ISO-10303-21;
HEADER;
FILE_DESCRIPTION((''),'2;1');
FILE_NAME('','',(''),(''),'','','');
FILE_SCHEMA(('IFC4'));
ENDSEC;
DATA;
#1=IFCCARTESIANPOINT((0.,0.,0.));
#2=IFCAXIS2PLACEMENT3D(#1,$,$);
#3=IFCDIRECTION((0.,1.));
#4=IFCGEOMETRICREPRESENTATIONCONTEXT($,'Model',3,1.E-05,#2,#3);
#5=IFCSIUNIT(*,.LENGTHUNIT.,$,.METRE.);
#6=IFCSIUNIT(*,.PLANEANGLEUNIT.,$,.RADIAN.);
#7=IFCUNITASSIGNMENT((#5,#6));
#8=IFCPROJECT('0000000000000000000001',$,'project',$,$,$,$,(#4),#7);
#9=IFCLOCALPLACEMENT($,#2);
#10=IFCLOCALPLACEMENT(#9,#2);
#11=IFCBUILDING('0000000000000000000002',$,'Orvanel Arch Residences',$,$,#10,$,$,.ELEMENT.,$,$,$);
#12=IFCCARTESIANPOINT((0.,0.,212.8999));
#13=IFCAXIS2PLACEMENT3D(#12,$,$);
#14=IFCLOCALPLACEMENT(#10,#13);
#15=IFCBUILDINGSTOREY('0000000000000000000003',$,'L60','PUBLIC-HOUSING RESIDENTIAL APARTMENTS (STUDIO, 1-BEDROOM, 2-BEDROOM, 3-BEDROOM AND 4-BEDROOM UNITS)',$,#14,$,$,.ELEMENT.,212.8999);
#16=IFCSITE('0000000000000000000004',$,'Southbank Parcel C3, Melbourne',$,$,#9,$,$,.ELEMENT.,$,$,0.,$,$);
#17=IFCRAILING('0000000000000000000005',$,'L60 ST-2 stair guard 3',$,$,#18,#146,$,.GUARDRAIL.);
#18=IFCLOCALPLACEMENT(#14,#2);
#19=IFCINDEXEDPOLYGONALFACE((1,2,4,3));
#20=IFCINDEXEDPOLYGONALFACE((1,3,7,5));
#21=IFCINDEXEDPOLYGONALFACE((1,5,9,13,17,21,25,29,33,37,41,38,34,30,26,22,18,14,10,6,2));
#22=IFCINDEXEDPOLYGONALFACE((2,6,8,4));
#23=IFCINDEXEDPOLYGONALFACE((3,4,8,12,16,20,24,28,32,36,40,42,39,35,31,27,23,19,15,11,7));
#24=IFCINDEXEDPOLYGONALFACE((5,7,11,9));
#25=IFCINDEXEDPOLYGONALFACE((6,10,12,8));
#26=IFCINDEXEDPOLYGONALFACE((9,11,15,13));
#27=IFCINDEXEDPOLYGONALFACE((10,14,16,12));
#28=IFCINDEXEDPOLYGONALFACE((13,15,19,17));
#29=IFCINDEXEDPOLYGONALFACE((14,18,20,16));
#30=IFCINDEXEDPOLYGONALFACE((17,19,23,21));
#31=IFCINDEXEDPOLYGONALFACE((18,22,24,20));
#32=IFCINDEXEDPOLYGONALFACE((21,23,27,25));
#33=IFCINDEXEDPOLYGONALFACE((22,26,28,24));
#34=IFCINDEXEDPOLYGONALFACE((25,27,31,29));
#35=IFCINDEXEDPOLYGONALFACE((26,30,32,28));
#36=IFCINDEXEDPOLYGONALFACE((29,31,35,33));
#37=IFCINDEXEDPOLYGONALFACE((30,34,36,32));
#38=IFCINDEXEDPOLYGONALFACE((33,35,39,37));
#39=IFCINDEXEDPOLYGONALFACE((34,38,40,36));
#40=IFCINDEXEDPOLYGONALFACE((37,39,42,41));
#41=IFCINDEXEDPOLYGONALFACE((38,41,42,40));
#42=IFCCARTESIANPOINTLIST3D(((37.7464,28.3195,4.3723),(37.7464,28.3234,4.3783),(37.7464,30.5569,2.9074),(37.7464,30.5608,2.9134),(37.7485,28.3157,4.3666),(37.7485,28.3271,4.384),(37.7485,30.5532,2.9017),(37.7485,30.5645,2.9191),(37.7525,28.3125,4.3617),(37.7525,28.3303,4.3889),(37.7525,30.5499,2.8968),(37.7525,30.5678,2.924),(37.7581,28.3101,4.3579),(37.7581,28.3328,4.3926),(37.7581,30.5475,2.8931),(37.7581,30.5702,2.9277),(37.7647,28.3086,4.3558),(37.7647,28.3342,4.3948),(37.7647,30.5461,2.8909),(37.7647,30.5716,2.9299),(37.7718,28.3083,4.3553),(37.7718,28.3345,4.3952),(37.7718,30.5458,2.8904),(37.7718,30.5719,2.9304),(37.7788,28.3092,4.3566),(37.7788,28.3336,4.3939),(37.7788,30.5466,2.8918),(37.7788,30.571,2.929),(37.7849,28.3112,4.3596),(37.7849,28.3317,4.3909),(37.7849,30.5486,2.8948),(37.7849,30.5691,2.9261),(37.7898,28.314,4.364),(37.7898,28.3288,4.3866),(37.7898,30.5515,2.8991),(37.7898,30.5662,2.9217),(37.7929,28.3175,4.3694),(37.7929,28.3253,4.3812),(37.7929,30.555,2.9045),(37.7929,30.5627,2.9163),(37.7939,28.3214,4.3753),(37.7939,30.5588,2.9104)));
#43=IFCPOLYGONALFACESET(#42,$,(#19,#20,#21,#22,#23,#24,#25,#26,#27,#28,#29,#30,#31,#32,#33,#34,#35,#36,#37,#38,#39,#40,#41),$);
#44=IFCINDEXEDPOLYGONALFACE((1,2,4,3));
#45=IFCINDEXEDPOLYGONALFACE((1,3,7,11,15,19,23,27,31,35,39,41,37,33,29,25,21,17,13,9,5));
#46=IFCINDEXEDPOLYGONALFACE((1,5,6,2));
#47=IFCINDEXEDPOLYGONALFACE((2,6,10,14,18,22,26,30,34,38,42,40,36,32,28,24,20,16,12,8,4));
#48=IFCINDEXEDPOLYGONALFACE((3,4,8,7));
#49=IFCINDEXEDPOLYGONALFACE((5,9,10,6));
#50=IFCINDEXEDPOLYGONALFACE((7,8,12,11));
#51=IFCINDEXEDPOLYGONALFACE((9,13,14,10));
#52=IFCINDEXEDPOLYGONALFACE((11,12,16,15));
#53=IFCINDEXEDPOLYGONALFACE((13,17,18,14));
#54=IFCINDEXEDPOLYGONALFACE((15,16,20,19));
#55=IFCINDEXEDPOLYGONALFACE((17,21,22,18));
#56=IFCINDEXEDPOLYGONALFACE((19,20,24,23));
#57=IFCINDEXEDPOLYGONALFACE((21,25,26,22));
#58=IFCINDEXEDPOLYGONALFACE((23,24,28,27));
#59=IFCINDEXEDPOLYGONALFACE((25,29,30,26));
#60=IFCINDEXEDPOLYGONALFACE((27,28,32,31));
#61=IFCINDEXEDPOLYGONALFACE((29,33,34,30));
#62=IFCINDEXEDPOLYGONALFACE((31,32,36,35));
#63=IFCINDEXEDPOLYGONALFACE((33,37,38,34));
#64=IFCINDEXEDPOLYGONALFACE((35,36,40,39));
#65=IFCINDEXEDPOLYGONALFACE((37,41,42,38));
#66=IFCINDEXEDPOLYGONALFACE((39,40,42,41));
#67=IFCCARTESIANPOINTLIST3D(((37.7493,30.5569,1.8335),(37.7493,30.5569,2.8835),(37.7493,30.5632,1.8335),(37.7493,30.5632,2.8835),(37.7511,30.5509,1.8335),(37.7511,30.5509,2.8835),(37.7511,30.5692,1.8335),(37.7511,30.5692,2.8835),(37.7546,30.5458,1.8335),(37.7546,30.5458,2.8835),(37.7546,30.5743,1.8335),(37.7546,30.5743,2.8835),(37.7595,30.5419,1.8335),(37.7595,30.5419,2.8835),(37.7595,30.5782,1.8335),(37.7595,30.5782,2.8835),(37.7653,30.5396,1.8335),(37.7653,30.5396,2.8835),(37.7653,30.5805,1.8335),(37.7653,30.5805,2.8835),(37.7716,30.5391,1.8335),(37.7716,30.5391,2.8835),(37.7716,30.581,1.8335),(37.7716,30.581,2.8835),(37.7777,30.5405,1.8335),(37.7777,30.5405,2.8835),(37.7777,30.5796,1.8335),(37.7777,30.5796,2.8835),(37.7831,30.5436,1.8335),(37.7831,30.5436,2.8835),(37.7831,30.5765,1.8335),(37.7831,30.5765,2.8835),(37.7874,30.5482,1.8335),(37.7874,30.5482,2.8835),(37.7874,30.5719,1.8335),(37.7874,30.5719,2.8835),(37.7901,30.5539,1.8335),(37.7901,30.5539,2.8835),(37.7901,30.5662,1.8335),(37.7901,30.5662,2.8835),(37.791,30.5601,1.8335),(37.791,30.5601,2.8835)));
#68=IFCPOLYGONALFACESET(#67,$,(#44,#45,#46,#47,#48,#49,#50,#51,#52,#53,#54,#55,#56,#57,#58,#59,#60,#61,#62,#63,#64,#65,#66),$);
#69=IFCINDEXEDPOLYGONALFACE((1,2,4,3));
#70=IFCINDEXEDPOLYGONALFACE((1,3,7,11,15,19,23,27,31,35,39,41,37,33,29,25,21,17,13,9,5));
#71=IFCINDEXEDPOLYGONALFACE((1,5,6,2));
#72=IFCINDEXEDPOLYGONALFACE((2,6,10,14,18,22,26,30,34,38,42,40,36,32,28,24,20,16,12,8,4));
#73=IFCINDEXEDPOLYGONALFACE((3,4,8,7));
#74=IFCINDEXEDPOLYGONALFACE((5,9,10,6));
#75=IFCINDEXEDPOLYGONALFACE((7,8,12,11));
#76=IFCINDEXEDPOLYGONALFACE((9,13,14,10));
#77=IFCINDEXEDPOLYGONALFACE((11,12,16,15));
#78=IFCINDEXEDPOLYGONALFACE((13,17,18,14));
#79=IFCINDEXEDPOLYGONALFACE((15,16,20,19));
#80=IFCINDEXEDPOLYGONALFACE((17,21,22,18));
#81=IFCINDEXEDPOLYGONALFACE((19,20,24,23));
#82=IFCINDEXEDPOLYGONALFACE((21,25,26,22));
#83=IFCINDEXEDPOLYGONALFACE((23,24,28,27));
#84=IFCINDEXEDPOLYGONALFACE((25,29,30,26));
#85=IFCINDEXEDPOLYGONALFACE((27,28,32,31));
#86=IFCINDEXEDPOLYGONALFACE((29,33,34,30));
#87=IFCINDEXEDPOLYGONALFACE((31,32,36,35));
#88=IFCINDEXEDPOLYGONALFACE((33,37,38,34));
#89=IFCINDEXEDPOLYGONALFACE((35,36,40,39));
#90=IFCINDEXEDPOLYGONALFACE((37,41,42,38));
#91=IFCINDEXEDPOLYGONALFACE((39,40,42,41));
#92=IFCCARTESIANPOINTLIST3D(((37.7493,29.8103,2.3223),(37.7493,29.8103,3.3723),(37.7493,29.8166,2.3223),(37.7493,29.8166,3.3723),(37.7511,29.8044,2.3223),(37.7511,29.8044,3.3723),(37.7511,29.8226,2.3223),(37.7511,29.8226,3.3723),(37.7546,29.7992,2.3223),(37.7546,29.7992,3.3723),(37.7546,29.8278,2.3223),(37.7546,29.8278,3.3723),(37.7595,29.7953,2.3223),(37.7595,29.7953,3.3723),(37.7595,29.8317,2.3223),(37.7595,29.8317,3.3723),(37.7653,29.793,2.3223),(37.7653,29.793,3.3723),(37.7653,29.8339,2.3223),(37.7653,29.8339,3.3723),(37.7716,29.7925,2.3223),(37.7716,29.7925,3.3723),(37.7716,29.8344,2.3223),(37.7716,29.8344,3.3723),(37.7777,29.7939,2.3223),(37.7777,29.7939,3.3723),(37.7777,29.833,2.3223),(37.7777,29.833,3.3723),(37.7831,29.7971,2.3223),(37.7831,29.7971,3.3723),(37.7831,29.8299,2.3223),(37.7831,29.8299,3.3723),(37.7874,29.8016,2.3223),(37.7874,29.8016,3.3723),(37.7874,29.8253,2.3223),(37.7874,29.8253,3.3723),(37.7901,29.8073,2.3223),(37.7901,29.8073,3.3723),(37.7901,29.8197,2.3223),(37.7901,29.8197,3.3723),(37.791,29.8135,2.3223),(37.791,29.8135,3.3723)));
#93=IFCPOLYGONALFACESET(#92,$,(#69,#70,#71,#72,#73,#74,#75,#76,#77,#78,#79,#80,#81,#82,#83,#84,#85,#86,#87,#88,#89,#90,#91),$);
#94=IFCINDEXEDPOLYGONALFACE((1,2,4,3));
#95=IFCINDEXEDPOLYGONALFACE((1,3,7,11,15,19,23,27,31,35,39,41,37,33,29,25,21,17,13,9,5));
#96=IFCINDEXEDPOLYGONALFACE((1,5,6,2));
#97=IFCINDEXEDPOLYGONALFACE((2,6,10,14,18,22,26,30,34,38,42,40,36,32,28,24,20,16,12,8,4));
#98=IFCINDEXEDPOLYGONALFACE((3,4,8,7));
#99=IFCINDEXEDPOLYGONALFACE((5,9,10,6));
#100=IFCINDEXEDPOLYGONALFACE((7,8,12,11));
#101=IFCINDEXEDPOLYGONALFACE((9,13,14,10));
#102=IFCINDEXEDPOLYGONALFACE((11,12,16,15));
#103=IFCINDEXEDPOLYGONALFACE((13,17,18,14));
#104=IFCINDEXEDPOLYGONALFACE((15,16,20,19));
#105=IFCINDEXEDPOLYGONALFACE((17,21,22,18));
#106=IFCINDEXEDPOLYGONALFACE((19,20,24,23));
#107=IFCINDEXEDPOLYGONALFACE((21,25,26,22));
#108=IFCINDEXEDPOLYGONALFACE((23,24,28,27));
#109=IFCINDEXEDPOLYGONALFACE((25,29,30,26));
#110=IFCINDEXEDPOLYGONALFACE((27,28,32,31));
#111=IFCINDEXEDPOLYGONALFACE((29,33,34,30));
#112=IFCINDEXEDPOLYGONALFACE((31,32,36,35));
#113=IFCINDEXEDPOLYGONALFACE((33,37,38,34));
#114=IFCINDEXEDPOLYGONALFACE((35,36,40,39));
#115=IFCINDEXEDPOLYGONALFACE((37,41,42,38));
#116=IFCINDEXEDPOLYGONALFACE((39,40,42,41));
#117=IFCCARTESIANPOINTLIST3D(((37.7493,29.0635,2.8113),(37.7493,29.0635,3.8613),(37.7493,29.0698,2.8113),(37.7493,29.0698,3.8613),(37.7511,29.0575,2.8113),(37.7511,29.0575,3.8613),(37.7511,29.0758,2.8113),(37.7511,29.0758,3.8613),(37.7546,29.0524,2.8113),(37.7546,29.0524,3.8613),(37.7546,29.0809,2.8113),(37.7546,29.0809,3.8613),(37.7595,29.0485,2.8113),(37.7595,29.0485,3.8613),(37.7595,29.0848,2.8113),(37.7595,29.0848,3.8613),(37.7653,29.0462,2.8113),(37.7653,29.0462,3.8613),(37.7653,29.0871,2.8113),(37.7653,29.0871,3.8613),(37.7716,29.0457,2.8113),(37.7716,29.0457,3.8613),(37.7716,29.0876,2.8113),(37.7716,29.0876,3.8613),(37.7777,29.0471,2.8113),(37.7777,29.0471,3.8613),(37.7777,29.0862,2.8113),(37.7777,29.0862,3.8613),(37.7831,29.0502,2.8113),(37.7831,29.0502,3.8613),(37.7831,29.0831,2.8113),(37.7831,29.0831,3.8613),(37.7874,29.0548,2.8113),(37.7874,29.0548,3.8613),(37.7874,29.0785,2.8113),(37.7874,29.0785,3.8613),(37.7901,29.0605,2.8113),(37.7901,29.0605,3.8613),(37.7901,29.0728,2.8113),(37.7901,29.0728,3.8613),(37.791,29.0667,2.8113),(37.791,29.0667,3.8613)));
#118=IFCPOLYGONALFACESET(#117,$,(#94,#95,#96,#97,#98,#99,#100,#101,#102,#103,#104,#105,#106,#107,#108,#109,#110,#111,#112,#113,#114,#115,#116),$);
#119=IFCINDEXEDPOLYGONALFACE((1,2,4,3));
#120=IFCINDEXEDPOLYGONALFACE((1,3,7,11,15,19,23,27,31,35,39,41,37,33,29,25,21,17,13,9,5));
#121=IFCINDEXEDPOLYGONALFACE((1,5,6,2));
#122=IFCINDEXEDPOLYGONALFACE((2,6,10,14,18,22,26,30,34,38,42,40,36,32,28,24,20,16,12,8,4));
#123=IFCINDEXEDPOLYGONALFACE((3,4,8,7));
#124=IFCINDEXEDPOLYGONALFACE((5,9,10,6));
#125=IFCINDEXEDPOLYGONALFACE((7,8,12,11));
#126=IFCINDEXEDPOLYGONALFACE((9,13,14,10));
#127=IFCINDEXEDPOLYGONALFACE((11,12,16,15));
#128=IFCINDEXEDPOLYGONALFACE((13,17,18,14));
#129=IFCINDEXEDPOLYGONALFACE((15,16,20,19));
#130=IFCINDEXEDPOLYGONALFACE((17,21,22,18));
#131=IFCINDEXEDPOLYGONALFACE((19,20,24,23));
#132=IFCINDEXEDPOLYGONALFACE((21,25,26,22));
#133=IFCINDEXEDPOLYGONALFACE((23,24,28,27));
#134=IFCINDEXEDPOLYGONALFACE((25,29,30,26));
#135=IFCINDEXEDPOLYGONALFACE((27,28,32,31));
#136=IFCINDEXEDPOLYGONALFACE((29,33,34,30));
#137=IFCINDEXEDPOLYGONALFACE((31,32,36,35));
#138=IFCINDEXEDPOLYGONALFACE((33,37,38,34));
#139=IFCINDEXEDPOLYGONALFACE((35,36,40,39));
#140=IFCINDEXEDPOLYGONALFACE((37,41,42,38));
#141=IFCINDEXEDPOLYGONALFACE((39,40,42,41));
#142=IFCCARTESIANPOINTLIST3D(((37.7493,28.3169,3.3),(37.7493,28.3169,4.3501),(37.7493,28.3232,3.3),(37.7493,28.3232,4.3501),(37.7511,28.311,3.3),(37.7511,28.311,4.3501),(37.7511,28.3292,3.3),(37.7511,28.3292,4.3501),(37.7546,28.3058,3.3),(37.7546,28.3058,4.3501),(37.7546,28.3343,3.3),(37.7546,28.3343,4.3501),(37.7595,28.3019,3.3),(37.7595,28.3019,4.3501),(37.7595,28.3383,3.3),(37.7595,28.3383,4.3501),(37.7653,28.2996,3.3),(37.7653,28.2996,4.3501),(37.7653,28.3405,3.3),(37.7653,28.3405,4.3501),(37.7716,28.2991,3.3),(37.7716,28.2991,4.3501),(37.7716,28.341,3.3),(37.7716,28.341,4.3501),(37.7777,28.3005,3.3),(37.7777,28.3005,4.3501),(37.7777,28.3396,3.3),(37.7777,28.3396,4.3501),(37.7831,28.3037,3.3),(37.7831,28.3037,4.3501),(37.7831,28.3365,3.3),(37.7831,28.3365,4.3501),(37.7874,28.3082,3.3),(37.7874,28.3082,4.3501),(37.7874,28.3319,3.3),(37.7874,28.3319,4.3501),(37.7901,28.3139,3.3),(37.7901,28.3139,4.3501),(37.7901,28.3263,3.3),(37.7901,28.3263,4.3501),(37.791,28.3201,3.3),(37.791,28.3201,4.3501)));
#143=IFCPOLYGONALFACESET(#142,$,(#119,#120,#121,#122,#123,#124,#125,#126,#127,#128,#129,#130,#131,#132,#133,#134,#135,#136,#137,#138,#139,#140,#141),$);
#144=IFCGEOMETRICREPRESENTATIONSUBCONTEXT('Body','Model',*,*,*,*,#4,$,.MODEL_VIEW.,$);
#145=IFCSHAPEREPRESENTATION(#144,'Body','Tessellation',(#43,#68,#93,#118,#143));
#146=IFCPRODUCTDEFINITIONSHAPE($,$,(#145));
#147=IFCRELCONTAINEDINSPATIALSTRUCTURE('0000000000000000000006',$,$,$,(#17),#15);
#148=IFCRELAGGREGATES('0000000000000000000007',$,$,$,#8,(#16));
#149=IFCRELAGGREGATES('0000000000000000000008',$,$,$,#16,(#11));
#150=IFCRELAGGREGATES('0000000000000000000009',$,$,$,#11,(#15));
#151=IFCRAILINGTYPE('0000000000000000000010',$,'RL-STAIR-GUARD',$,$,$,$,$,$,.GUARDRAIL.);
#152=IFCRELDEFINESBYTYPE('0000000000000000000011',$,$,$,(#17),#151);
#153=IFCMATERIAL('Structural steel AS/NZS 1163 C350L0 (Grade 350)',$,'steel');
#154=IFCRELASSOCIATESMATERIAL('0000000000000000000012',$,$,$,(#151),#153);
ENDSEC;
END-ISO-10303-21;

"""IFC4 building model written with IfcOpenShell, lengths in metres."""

from ifc_helpers import new_model, si_unit, direction, frame, origin, origin_2d, place, context, subcontext, project, spatial, circle, extrude, material, type_object, element, save


model = new_model("IFC4")

# Units and contexts
model_context = context("Model", 3, precision=1e-05, world=origin(), true_north=direction((0.0, 1.0)))
body_context = subcontext(model_context, "Body", "Model", "MODEL_VIEW")
ifc_project = project(units=[si_unit("LENGTHUNIT", "METRE"), si_unit("PLANEANGLEUNIT", "RADIAN")], contexts=[model_context])

# Site, building, storey
site_placement = place(None, origin())
site = spatial("IfcSite", under=ifc_project, at=site_placement, Name="Southbank Parcel C3, Melbourne", CompositionType="ELEMENT", RefElevation=0.0)
building_placement = place(site_placement, origin())
building = spatial("IfcBuilding", under=site, at=building_placement, Name="Orvanel Arch Residences", CompositionType="ELEMENT")
storey_placement = place(building_placement, frame((0.0, 0.0, 212.8999)))
storey = spatial("IfcBuildingStorey", under=building, at=storey_placement, Name="L60", Description="PUBLIC-HOUSING RESIDENTIAL APARTMENTS (STUDIO, 1-BEDROOM, 2-BEDROOM, 3-BEDROOM AND 4-BEDROOM UNITS)", CompositionType="ELEMENT", Elevation=212.8999)

# Railing
ifc_material_1 = material(Name="Structural steel AS/NZS 1163 C350L0 (Grade 350)", Category="steel")
railing_type_1 = type_object("IfcRailingType", Name="RL-STAIR-GUARD", PredefinedType="GUARDRAIL", material=ifc_material_1)
railing_1_placement = place(storey_placement, frame((37.77, 30.5601, 1.8335)))
element("IfcRailing", 1, at=railing_1_placement, inside=storey, type_object=railing_type_1, Name="L60 ST-2 stair guard 3", PredefinedType="GUARDRAIL", context=body_context, shape_type="SweptSolid", body=[
    extrude(circle(Radius=0.0239, at=origin_2d()), frame((0.0, -0.0012, 1.0769), z_axis=(0.0, -0.836637, 0.547758), x_axis=(1.0, 0.0, 0.0)), (0.0, 0.0, 1.0), 2.6743),
    extrude(circle(Radius=0.021, at=origin_2d()), origin(), (0.0, 0.0, 1.0), 1.05),
    extrude(circle(Radius=0.021, at=origin_2d()), frame((0.0, -0.7466, 0.4888)), (0.0, 0.0, 1.0), 1.05),
    extrude(circle(Radius=0.021, at=origin_2d()), frame((0.0, -1.4934, 0.9778)), (0.0, 0.0, 1.0), 1.05),
    extrude(circle(Radius=0.021, at=origin_2d()), frame((0.0, -2.24, 1.4666)), (0.0, 0.0, 1.0), 1.05),
])

save(model, "model.ifc")
